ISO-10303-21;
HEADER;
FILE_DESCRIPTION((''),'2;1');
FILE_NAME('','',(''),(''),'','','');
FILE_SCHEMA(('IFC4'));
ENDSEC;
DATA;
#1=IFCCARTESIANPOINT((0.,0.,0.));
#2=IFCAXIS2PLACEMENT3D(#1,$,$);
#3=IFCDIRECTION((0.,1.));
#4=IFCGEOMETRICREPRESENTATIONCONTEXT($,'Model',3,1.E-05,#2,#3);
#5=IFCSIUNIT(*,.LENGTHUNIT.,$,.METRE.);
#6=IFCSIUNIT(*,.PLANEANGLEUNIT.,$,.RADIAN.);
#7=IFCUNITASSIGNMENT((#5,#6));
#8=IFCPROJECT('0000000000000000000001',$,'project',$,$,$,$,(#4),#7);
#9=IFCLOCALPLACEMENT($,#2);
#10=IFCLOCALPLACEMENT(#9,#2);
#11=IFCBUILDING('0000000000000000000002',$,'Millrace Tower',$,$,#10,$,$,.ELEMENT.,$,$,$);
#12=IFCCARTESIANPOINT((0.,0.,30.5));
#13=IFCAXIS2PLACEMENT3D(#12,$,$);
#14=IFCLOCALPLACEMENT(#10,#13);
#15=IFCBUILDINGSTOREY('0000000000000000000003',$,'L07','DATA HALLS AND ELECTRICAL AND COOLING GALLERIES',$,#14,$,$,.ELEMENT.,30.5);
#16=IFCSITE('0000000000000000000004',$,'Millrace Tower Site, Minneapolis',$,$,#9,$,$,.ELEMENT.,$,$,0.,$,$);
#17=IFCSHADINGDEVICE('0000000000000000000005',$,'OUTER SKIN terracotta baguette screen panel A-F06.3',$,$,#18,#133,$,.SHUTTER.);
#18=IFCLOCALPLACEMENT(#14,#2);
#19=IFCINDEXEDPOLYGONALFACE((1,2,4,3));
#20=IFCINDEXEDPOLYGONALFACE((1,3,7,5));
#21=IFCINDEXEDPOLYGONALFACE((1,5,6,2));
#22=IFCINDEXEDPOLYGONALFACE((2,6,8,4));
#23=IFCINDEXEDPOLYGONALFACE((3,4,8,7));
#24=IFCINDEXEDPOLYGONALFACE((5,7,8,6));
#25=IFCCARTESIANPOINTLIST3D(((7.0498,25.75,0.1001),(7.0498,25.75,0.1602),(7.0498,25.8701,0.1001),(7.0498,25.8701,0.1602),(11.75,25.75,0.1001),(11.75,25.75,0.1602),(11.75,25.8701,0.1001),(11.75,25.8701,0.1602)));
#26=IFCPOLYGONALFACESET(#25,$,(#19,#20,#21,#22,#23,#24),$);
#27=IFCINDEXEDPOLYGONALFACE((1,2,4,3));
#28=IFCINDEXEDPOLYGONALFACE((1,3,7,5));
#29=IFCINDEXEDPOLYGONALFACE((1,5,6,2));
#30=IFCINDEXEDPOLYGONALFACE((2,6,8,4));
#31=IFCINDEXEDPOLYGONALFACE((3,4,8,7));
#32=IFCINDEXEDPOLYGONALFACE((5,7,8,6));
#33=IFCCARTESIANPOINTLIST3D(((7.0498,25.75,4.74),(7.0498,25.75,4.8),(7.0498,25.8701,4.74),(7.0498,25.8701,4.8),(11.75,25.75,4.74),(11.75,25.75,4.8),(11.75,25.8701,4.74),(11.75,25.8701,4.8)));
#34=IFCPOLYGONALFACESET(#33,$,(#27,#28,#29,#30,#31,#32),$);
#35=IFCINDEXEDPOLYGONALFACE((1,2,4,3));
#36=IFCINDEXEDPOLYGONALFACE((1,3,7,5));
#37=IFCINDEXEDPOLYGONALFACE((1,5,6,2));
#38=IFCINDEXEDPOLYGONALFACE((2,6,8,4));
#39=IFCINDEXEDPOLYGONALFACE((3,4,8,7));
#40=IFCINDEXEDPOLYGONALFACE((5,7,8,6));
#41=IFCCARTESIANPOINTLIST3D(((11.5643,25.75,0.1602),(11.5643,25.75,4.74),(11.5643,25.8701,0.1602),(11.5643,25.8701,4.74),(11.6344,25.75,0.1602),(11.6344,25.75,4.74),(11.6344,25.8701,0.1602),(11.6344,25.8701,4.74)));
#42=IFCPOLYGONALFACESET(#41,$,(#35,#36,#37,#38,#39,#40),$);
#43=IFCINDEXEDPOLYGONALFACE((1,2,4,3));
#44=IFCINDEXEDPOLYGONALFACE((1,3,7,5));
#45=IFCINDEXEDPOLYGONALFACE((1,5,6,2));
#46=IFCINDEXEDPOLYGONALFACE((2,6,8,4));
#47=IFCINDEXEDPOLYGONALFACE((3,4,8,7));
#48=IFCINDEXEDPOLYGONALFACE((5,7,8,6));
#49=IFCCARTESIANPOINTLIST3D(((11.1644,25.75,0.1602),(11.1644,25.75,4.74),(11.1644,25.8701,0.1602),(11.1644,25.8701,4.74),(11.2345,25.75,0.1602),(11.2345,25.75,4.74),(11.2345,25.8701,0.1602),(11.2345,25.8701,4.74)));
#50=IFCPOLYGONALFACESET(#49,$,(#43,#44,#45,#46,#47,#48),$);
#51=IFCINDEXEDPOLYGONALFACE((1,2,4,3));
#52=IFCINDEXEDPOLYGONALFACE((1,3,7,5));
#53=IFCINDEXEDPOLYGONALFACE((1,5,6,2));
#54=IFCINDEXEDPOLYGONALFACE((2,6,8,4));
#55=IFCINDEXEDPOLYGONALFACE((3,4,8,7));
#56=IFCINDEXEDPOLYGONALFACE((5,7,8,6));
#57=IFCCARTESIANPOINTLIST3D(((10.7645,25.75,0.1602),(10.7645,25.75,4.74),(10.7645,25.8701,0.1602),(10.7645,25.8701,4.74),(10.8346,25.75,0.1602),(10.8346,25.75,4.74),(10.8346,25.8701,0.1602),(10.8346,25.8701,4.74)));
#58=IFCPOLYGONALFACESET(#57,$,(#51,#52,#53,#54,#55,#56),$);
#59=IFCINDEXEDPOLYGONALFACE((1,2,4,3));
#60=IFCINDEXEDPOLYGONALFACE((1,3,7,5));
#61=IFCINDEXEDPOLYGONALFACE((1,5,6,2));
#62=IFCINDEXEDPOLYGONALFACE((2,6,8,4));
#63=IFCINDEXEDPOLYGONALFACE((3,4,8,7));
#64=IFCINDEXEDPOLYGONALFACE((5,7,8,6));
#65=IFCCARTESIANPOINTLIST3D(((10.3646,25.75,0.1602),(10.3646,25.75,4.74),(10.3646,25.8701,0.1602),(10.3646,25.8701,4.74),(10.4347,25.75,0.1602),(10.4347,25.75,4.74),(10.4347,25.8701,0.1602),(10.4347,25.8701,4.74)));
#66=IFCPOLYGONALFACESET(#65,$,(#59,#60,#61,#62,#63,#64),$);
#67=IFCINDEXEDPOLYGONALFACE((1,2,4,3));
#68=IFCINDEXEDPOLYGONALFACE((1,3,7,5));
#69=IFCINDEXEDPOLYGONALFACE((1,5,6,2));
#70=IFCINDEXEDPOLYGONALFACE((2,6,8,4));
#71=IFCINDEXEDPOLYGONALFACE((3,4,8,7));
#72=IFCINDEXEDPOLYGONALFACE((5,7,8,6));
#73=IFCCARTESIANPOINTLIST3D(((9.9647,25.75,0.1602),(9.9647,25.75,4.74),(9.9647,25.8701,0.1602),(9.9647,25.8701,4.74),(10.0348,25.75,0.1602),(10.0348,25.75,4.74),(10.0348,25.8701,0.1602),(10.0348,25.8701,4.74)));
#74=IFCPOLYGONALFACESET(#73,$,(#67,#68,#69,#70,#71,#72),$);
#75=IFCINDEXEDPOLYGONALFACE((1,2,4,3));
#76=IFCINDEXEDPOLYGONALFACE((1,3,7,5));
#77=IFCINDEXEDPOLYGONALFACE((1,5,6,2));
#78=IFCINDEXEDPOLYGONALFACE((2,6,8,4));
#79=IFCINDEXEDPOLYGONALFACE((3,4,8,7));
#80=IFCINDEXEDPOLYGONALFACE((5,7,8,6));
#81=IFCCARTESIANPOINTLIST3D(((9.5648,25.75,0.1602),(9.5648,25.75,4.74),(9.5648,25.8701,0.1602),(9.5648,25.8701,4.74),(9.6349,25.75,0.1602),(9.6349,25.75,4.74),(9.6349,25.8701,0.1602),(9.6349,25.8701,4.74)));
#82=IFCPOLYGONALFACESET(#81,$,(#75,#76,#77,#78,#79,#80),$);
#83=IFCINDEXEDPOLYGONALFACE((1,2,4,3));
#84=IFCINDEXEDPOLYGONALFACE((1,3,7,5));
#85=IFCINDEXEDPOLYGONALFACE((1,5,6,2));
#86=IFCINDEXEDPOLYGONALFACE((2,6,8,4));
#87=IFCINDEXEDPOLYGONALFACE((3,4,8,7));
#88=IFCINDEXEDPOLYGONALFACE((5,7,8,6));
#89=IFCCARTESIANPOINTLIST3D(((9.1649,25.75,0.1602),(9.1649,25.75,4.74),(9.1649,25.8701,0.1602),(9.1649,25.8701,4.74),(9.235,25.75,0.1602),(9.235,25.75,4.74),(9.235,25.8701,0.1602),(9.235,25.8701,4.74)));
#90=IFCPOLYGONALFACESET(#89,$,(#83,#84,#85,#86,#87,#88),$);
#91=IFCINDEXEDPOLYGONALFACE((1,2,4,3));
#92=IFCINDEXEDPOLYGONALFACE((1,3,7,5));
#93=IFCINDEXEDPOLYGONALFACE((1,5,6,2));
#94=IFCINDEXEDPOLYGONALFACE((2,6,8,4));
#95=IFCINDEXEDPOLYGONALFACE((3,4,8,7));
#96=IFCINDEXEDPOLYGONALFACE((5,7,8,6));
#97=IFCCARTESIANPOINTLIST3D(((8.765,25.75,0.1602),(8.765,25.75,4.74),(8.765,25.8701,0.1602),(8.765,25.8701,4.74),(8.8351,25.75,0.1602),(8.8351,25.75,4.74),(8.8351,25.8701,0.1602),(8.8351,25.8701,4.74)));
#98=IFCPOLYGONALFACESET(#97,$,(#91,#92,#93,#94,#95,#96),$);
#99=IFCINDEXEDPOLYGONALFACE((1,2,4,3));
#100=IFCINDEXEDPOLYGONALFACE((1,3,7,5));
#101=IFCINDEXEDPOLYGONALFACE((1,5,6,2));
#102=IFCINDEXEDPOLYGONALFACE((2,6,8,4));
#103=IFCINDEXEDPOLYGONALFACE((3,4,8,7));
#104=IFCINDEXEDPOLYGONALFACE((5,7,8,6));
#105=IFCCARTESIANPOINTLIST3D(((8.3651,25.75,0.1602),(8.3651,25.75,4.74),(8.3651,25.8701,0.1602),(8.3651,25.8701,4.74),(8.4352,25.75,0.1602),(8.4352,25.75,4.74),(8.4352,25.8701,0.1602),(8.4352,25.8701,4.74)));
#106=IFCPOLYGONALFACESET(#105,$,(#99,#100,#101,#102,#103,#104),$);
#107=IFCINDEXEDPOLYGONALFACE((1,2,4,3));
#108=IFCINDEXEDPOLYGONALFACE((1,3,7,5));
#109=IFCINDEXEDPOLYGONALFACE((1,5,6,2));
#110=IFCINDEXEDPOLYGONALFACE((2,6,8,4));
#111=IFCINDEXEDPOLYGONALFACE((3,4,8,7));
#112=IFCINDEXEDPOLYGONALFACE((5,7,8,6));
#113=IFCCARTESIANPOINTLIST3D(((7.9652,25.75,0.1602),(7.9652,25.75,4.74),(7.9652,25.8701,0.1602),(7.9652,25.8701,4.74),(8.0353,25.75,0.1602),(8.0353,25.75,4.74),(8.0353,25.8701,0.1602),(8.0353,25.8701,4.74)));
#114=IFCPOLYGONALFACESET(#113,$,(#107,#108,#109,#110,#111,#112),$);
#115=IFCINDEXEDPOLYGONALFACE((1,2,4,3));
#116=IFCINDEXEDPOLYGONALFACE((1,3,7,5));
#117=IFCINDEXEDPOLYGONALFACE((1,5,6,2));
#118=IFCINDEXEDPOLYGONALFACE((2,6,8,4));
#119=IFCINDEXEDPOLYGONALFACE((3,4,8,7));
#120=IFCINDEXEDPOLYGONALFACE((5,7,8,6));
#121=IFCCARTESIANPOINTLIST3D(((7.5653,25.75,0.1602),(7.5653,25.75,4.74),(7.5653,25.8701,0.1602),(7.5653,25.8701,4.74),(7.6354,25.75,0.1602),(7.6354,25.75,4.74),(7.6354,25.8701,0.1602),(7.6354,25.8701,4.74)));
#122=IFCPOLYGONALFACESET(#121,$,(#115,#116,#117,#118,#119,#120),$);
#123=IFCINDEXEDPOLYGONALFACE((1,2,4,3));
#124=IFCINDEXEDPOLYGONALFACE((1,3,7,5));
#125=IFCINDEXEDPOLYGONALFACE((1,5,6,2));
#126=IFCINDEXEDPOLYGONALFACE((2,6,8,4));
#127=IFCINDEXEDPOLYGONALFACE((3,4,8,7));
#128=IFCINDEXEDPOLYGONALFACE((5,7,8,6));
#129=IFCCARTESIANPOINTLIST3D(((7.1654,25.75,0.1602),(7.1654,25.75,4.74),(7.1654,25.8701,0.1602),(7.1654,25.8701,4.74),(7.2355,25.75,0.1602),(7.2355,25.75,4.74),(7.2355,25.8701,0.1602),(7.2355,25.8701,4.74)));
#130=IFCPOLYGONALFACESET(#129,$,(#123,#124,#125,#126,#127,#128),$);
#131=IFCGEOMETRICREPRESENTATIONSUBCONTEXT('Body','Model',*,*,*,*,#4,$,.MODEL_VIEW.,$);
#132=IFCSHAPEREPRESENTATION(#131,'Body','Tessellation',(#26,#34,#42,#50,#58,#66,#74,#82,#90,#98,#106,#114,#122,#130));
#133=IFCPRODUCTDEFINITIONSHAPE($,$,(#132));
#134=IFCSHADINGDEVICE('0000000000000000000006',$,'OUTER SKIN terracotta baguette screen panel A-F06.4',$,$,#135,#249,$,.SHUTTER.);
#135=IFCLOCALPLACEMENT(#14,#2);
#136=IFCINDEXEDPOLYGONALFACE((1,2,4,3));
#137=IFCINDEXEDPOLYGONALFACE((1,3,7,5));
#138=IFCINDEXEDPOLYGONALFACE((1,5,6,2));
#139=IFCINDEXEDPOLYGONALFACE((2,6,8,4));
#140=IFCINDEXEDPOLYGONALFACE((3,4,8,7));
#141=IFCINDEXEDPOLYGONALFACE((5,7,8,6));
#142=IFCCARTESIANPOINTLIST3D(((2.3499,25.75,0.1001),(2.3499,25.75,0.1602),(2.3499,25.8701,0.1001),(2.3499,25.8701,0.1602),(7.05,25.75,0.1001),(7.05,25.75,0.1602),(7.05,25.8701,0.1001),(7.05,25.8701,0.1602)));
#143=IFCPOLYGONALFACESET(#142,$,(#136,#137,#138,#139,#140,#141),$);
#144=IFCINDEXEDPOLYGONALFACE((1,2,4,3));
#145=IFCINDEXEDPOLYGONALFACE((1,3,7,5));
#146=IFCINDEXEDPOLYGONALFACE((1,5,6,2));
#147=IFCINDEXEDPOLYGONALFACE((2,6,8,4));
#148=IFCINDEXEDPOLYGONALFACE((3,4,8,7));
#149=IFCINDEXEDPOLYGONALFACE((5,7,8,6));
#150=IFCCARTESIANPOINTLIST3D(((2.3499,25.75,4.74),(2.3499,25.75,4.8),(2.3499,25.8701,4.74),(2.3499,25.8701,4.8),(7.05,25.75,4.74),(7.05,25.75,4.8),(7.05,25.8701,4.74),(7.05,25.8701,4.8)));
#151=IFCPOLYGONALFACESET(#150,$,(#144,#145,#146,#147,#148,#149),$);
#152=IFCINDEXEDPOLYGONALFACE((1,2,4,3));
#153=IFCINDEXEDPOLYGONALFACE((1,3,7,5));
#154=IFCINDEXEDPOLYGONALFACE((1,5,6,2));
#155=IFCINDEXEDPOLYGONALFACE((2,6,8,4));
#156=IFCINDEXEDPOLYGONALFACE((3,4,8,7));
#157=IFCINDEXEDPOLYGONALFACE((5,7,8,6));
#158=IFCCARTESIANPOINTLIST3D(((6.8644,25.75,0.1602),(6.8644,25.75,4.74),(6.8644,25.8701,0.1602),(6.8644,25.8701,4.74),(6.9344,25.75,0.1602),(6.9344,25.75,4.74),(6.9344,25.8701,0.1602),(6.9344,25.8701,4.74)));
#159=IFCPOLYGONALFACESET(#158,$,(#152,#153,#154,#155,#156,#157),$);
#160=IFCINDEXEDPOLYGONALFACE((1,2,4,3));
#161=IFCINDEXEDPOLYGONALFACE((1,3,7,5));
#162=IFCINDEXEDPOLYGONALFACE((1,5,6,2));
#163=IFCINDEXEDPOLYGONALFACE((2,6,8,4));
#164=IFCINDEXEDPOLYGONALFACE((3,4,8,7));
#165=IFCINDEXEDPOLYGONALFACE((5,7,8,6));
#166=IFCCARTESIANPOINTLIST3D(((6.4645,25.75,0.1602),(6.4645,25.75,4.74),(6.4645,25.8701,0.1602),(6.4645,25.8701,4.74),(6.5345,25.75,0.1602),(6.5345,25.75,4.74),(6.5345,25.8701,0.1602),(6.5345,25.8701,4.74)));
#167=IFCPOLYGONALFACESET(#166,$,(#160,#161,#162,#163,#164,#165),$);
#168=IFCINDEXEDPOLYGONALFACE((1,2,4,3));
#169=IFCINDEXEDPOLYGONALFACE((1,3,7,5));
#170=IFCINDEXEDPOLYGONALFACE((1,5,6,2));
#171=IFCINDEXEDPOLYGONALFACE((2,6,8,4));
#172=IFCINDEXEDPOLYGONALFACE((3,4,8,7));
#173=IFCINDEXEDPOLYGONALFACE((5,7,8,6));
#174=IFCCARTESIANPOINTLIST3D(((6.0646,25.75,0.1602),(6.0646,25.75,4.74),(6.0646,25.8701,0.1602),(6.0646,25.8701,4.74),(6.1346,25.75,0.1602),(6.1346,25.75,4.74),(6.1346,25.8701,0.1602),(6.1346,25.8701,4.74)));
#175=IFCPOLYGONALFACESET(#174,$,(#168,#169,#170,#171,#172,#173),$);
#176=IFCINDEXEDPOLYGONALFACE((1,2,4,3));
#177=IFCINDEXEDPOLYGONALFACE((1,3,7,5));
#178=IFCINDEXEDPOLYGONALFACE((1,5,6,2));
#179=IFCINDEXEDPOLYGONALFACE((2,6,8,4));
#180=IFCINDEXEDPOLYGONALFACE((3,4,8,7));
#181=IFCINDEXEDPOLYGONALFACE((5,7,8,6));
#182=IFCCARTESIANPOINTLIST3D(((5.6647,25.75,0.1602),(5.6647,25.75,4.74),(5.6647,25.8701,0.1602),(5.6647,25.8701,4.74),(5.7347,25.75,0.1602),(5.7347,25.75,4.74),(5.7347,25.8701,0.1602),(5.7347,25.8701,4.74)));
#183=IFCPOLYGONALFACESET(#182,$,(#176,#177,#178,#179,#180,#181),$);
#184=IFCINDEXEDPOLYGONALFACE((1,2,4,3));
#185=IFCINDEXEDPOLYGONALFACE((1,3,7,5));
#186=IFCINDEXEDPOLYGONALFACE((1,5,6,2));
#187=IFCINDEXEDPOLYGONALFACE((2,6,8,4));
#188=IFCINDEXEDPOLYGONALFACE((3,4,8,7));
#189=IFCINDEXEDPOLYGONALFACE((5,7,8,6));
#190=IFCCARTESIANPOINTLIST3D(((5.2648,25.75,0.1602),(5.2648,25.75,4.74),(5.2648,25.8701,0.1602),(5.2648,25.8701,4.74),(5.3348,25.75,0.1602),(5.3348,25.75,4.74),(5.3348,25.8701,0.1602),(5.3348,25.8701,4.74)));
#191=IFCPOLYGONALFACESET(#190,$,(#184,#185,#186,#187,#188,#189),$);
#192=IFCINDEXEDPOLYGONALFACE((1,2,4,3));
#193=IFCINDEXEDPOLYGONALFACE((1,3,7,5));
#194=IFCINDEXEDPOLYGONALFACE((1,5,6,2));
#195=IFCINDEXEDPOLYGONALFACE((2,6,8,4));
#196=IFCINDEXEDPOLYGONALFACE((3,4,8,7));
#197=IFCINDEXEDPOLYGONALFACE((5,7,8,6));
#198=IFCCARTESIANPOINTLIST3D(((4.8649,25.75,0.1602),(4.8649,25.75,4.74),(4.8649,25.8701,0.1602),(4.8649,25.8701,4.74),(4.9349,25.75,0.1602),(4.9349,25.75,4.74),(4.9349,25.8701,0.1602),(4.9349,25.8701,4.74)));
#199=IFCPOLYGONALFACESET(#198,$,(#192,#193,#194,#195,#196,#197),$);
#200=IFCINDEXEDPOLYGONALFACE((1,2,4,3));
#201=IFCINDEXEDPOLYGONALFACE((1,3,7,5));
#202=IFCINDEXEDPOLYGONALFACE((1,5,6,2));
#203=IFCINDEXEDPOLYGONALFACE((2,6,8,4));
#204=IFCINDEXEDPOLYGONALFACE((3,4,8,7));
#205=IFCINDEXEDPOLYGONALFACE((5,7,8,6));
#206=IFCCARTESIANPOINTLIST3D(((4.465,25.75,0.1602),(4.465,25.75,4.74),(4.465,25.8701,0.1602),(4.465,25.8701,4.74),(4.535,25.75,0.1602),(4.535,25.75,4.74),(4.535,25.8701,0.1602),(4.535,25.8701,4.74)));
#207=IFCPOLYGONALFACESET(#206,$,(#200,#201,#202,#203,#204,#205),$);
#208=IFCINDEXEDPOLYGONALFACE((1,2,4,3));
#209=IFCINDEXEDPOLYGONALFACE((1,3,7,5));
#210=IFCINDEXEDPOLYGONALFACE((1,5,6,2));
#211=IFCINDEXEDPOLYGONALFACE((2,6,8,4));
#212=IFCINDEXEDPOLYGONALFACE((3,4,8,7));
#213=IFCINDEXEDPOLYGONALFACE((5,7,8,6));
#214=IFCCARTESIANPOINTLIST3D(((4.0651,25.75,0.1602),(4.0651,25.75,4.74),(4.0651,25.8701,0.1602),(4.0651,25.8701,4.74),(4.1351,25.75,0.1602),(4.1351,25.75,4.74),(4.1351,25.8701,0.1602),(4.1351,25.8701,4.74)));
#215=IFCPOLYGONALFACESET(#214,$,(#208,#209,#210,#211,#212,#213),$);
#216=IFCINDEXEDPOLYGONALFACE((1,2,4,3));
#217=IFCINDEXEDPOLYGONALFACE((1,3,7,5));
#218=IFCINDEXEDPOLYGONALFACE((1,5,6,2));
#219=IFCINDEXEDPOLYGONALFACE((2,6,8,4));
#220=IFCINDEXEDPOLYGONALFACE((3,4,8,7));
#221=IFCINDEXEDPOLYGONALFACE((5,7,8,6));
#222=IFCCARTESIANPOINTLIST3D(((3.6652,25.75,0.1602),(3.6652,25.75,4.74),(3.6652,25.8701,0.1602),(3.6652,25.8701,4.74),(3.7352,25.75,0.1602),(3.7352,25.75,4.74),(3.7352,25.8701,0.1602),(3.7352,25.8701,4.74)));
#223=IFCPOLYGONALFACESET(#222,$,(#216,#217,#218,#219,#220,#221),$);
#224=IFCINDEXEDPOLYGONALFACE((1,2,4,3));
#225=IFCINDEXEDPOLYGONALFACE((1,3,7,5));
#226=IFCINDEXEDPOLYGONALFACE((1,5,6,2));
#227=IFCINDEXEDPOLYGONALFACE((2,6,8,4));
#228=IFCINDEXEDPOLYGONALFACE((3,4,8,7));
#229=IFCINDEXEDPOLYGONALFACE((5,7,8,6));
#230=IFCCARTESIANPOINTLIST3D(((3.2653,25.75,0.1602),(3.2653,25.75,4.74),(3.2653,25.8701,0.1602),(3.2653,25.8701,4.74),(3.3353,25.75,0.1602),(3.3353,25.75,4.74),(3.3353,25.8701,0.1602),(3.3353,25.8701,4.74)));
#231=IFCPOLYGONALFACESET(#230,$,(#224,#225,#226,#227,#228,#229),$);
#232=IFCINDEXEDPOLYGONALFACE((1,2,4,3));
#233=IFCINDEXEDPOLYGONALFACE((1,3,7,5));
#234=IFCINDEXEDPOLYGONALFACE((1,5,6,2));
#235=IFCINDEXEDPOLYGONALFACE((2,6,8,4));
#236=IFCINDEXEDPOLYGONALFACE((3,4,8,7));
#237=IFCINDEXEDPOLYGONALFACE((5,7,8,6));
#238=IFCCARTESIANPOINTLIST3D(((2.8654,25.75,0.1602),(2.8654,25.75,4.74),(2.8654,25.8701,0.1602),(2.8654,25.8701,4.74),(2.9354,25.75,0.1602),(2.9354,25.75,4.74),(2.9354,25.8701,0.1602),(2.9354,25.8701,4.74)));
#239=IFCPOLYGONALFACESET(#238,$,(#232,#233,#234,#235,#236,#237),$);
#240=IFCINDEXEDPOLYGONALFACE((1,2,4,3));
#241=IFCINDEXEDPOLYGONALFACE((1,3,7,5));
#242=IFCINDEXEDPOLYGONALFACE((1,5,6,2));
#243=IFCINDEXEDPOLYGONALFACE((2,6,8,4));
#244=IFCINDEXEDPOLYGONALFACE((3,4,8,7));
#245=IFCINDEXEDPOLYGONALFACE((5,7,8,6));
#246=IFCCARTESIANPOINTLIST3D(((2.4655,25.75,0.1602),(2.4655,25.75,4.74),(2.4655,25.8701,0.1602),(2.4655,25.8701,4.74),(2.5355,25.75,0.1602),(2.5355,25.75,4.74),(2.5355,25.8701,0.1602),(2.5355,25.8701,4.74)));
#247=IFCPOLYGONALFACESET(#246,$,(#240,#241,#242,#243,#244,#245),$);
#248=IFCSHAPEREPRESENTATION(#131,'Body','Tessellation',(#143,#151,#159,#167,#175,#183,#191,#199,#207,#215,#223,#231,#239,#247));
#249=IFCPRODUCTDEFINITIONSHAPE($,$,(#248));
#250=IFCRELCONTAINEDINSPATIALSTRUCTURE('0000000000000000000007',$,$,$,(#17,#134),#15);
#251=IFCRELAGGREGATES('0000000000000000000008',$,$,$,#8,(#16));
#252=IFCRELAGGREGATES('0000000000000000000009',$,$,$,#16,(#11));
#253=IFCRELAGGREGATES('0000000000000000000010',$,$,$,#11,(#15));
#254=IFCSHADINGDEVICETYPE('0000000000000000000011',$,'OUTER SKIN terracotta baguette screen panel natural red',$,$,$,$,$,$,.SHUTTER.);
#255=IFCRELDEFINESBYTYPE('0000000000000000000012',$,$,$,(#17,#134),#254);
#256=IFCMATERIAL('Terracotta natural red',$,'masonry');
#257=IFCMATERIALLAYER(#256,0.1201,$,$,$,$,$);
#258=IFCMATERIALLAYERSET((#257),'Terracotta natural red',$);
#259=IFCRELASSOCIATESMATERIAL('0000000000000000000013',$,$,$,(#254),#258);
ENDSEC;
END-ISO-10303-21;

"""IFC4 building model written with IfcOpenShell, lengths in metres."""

from ifc_helpers import new_model, entity, si_unit, direction, frame, frame_2d, origin, place, context, subcontext, project, spatial, rectangle, extrude, source, transform, mapped, material, layer, layer_set, type_object, element, save


model = new_model("IFC4")

# Units and contexts
model_context = context("Model", 3, precision=1e-05, world=origin(), true_north=direction((0.0, 1.0)))
body_context = subcontext(model_context, "Body", "Model", "MODEL_VIEW")
ifc_project = project(units=[si_unit("LENGTHUNIT", "METRE"), si_unit("PLANEANGLEUNIT", "RADIAN")], contexts=[model_context])

# Site, building, storey
site_placement = place(None, origin())
site = spatial("IfcSite", under=ifc_project, at=site_placement, Name="Millrace Tower Site, Minneapolis", CompositionType="ELEMENT", RefElevation=0.0)
building_placement = place(site_placement, origin())
building = spatial("IfcBuilding", under=site, at=building_placement, Name="Millrace Tower", CompositionType="ELEMENT")
storey_placement = place(building_placement, frame((0.0, 0.0, 30.5)))
storey = spatial("IfcBuildingStorey", under=building, at=storey_placement, Name="L07", Description="DATA HALLS AND ELECTRICAL AND COOLING GALLERIES", CompositionType="ELEMENT", Elevation=30.5)

# Shading devices
cartesian_point = entity("IfcCartesianPoint", [-2.3501, 0.0601])
shared_polyline = entity("IfcPolyline", [cartesian_point, entity("IfcCartesianPoint", [2.3501, 0.0601]), entity("IfcCartesianPoint", [2.3501, -0.0601]), entity("IfcCartesianPoint", [-2.3501, -0.0601]), cartesian_point])
ifc_material_1 = material(Name="Terracotta natural red", Category="masonry")
ifc_layer_1 = layer(ifc_material_1, 0.1201)
ifc_layer_set_1 = layer_set([ifc_layer_1], Name="Terracotta natural red")
shading_device_type_1 = type_object("IfcShadingDeviceType", Name="OUTER SKIN terracotta baguette screen panel natural red", PredefinedType="SHUTTER", material=ifc_layer_set_1)
shared_shape_1 = source(origin(), body_context, "Body", "SweptSolid", [
    entity("IfcExtrudedAreaSolid", entity("IfcArbitraryClosedProfileDef", "AREA", None, shared_polyline), entity("IfcAxis2Placement3D", entity("IfcCartesianPoint", [0.0, 0.0, 0.0])), entity("IfcDirection", [0.0, 0.0, 1.0]), 0.0601),
    entity("IfcExtrudedAreaSolid", entity("IfcArbitraryClosedProfileDef", "AREA", None, shared_polyline), entity("IfcAxis2Placement3D", entity("IfcCartesianPoint", [0.0, 0.0, 4.6399])), entity("IfcDirection", [0.0, 0.0, 1.0]), 0.0601),
    extrude(rectangle(XDim=0.0701, YDim=0.1201, at=frame_2d((-2.1995, 0.0))), frame((0.0, 0.0, 0.0601)), (0.0, 0.0, 1.0), 4.5798),
    extrude(rectangle(XDim=0.0701, YDim=0.1201, at=frame_2d((-1.7996, 0.0))), frame((0.0, 0.0, 0.0601)), (0.0, 0.0, 1.0), 4.5798),
    extrude(rectangle(XDim=0.0701, YDim=0.1201, at=frame_2d((-1.3997, 0.0))), frame((0.0, 0.0, 0.0601)), (0.0, 0.0, 1.0), 4.5798),
    extrude(rectangle(XDim=0.0701, YDim=0.1201, at=frame_2d((-0.9998, 0.0))), frame((0.0, 0.0, 0.0601)), (0.0, 0.0, 1.0), 4.5798),
    extrude(rectangle(XDim=0.0701, YDim=0.1201, at=frame_2d((-0.5999, 0.0))), frame((0.0, 0.0, 0.0601)), (0.0, 0.0, 1.0), 4.5798),
    extrude(rectangle(XDim=0.0701, YDim=0.1201, at=frame_2d((-0.2, 0.0))), frame((0.0, 0.0, 0.0601)), (0.0, 0.0, 1.0), 4.5798),
    extrude(rectangle(XDim=0.0701, YDim=0.1201, at=frame_2d((0.2, 0.0))), frame((0.0, 0.0, 0.0601)), (0.0, 0.0, 1.0), 4.5798),
    extrude(rectangle(XDim=0.0701, YDim=0.1201, at=frame_2d((0.5999, 0.0))), frame((0.0, 0.0, 0.0601)), (0.0, 0.0, 1.0), 4.5798),
    extrude(rectangle(XDim=0.0701, YDim=0.1201, at=frame_2d((0.9998, 0.0))), frame((0.0, 0.0, 0.0601)), (0.0, 0.0, 1.0), 4.5798),
    extrude(rectangle(XDim=0.0701, YDim=0.1201, at=frame_2d((1.3997, 0.0))), frame((0.0, 0.0, 0.0601)), (0.0, 0.0, 1.0), 4.5798),
    extrude(rectangle(XDim=0.0701, YDim=0.1201, at=frame_2d((1.7996, 0.0))), frame((0.0, 0.0, 0.0601)), (0.0, 0.0, 1.0), 4.5798),
    extrude(rectangle(XDim=0.0701, YDim=0.1201, at=frame_2d((2.1995, 0.0))), frame((0.0, 0.0, 0.0601)), (0.0, 0.0, 1.0), 4.5798),
])
for number, where, z_axis, x_axis, name in (
    (1, (9.3999, 25.8101, 0.1001), (0.0, 0.0, 1.0), (-1.0, 0.0, 0.0), "OUTER SKIN terracotta baguette screen panel A-F06.3"),
    (2, (4.7, 25.8101, 0.1001), (0.0, 0.0, 1.0), (-1.0, 0.0, 0.0), "OUTER SKIN terracotta baguette screen panel A-F06.4"),
):
    element("IfcShadingDevice", number, at=place(storey_placement, frame(where, z_axis=z_axis, x_axis=x_axis)), inside=storey, type_object=shading_device_type_1, Name=name, PredefinedType="SHUTTER", context=body_context, shape_type="MappedRepresentation", body=[
        mapped(shared_shape_1, transform((0.0, 0.0, 0.0), scale=1.0)),
    ])

save(model, "model.ifc")
